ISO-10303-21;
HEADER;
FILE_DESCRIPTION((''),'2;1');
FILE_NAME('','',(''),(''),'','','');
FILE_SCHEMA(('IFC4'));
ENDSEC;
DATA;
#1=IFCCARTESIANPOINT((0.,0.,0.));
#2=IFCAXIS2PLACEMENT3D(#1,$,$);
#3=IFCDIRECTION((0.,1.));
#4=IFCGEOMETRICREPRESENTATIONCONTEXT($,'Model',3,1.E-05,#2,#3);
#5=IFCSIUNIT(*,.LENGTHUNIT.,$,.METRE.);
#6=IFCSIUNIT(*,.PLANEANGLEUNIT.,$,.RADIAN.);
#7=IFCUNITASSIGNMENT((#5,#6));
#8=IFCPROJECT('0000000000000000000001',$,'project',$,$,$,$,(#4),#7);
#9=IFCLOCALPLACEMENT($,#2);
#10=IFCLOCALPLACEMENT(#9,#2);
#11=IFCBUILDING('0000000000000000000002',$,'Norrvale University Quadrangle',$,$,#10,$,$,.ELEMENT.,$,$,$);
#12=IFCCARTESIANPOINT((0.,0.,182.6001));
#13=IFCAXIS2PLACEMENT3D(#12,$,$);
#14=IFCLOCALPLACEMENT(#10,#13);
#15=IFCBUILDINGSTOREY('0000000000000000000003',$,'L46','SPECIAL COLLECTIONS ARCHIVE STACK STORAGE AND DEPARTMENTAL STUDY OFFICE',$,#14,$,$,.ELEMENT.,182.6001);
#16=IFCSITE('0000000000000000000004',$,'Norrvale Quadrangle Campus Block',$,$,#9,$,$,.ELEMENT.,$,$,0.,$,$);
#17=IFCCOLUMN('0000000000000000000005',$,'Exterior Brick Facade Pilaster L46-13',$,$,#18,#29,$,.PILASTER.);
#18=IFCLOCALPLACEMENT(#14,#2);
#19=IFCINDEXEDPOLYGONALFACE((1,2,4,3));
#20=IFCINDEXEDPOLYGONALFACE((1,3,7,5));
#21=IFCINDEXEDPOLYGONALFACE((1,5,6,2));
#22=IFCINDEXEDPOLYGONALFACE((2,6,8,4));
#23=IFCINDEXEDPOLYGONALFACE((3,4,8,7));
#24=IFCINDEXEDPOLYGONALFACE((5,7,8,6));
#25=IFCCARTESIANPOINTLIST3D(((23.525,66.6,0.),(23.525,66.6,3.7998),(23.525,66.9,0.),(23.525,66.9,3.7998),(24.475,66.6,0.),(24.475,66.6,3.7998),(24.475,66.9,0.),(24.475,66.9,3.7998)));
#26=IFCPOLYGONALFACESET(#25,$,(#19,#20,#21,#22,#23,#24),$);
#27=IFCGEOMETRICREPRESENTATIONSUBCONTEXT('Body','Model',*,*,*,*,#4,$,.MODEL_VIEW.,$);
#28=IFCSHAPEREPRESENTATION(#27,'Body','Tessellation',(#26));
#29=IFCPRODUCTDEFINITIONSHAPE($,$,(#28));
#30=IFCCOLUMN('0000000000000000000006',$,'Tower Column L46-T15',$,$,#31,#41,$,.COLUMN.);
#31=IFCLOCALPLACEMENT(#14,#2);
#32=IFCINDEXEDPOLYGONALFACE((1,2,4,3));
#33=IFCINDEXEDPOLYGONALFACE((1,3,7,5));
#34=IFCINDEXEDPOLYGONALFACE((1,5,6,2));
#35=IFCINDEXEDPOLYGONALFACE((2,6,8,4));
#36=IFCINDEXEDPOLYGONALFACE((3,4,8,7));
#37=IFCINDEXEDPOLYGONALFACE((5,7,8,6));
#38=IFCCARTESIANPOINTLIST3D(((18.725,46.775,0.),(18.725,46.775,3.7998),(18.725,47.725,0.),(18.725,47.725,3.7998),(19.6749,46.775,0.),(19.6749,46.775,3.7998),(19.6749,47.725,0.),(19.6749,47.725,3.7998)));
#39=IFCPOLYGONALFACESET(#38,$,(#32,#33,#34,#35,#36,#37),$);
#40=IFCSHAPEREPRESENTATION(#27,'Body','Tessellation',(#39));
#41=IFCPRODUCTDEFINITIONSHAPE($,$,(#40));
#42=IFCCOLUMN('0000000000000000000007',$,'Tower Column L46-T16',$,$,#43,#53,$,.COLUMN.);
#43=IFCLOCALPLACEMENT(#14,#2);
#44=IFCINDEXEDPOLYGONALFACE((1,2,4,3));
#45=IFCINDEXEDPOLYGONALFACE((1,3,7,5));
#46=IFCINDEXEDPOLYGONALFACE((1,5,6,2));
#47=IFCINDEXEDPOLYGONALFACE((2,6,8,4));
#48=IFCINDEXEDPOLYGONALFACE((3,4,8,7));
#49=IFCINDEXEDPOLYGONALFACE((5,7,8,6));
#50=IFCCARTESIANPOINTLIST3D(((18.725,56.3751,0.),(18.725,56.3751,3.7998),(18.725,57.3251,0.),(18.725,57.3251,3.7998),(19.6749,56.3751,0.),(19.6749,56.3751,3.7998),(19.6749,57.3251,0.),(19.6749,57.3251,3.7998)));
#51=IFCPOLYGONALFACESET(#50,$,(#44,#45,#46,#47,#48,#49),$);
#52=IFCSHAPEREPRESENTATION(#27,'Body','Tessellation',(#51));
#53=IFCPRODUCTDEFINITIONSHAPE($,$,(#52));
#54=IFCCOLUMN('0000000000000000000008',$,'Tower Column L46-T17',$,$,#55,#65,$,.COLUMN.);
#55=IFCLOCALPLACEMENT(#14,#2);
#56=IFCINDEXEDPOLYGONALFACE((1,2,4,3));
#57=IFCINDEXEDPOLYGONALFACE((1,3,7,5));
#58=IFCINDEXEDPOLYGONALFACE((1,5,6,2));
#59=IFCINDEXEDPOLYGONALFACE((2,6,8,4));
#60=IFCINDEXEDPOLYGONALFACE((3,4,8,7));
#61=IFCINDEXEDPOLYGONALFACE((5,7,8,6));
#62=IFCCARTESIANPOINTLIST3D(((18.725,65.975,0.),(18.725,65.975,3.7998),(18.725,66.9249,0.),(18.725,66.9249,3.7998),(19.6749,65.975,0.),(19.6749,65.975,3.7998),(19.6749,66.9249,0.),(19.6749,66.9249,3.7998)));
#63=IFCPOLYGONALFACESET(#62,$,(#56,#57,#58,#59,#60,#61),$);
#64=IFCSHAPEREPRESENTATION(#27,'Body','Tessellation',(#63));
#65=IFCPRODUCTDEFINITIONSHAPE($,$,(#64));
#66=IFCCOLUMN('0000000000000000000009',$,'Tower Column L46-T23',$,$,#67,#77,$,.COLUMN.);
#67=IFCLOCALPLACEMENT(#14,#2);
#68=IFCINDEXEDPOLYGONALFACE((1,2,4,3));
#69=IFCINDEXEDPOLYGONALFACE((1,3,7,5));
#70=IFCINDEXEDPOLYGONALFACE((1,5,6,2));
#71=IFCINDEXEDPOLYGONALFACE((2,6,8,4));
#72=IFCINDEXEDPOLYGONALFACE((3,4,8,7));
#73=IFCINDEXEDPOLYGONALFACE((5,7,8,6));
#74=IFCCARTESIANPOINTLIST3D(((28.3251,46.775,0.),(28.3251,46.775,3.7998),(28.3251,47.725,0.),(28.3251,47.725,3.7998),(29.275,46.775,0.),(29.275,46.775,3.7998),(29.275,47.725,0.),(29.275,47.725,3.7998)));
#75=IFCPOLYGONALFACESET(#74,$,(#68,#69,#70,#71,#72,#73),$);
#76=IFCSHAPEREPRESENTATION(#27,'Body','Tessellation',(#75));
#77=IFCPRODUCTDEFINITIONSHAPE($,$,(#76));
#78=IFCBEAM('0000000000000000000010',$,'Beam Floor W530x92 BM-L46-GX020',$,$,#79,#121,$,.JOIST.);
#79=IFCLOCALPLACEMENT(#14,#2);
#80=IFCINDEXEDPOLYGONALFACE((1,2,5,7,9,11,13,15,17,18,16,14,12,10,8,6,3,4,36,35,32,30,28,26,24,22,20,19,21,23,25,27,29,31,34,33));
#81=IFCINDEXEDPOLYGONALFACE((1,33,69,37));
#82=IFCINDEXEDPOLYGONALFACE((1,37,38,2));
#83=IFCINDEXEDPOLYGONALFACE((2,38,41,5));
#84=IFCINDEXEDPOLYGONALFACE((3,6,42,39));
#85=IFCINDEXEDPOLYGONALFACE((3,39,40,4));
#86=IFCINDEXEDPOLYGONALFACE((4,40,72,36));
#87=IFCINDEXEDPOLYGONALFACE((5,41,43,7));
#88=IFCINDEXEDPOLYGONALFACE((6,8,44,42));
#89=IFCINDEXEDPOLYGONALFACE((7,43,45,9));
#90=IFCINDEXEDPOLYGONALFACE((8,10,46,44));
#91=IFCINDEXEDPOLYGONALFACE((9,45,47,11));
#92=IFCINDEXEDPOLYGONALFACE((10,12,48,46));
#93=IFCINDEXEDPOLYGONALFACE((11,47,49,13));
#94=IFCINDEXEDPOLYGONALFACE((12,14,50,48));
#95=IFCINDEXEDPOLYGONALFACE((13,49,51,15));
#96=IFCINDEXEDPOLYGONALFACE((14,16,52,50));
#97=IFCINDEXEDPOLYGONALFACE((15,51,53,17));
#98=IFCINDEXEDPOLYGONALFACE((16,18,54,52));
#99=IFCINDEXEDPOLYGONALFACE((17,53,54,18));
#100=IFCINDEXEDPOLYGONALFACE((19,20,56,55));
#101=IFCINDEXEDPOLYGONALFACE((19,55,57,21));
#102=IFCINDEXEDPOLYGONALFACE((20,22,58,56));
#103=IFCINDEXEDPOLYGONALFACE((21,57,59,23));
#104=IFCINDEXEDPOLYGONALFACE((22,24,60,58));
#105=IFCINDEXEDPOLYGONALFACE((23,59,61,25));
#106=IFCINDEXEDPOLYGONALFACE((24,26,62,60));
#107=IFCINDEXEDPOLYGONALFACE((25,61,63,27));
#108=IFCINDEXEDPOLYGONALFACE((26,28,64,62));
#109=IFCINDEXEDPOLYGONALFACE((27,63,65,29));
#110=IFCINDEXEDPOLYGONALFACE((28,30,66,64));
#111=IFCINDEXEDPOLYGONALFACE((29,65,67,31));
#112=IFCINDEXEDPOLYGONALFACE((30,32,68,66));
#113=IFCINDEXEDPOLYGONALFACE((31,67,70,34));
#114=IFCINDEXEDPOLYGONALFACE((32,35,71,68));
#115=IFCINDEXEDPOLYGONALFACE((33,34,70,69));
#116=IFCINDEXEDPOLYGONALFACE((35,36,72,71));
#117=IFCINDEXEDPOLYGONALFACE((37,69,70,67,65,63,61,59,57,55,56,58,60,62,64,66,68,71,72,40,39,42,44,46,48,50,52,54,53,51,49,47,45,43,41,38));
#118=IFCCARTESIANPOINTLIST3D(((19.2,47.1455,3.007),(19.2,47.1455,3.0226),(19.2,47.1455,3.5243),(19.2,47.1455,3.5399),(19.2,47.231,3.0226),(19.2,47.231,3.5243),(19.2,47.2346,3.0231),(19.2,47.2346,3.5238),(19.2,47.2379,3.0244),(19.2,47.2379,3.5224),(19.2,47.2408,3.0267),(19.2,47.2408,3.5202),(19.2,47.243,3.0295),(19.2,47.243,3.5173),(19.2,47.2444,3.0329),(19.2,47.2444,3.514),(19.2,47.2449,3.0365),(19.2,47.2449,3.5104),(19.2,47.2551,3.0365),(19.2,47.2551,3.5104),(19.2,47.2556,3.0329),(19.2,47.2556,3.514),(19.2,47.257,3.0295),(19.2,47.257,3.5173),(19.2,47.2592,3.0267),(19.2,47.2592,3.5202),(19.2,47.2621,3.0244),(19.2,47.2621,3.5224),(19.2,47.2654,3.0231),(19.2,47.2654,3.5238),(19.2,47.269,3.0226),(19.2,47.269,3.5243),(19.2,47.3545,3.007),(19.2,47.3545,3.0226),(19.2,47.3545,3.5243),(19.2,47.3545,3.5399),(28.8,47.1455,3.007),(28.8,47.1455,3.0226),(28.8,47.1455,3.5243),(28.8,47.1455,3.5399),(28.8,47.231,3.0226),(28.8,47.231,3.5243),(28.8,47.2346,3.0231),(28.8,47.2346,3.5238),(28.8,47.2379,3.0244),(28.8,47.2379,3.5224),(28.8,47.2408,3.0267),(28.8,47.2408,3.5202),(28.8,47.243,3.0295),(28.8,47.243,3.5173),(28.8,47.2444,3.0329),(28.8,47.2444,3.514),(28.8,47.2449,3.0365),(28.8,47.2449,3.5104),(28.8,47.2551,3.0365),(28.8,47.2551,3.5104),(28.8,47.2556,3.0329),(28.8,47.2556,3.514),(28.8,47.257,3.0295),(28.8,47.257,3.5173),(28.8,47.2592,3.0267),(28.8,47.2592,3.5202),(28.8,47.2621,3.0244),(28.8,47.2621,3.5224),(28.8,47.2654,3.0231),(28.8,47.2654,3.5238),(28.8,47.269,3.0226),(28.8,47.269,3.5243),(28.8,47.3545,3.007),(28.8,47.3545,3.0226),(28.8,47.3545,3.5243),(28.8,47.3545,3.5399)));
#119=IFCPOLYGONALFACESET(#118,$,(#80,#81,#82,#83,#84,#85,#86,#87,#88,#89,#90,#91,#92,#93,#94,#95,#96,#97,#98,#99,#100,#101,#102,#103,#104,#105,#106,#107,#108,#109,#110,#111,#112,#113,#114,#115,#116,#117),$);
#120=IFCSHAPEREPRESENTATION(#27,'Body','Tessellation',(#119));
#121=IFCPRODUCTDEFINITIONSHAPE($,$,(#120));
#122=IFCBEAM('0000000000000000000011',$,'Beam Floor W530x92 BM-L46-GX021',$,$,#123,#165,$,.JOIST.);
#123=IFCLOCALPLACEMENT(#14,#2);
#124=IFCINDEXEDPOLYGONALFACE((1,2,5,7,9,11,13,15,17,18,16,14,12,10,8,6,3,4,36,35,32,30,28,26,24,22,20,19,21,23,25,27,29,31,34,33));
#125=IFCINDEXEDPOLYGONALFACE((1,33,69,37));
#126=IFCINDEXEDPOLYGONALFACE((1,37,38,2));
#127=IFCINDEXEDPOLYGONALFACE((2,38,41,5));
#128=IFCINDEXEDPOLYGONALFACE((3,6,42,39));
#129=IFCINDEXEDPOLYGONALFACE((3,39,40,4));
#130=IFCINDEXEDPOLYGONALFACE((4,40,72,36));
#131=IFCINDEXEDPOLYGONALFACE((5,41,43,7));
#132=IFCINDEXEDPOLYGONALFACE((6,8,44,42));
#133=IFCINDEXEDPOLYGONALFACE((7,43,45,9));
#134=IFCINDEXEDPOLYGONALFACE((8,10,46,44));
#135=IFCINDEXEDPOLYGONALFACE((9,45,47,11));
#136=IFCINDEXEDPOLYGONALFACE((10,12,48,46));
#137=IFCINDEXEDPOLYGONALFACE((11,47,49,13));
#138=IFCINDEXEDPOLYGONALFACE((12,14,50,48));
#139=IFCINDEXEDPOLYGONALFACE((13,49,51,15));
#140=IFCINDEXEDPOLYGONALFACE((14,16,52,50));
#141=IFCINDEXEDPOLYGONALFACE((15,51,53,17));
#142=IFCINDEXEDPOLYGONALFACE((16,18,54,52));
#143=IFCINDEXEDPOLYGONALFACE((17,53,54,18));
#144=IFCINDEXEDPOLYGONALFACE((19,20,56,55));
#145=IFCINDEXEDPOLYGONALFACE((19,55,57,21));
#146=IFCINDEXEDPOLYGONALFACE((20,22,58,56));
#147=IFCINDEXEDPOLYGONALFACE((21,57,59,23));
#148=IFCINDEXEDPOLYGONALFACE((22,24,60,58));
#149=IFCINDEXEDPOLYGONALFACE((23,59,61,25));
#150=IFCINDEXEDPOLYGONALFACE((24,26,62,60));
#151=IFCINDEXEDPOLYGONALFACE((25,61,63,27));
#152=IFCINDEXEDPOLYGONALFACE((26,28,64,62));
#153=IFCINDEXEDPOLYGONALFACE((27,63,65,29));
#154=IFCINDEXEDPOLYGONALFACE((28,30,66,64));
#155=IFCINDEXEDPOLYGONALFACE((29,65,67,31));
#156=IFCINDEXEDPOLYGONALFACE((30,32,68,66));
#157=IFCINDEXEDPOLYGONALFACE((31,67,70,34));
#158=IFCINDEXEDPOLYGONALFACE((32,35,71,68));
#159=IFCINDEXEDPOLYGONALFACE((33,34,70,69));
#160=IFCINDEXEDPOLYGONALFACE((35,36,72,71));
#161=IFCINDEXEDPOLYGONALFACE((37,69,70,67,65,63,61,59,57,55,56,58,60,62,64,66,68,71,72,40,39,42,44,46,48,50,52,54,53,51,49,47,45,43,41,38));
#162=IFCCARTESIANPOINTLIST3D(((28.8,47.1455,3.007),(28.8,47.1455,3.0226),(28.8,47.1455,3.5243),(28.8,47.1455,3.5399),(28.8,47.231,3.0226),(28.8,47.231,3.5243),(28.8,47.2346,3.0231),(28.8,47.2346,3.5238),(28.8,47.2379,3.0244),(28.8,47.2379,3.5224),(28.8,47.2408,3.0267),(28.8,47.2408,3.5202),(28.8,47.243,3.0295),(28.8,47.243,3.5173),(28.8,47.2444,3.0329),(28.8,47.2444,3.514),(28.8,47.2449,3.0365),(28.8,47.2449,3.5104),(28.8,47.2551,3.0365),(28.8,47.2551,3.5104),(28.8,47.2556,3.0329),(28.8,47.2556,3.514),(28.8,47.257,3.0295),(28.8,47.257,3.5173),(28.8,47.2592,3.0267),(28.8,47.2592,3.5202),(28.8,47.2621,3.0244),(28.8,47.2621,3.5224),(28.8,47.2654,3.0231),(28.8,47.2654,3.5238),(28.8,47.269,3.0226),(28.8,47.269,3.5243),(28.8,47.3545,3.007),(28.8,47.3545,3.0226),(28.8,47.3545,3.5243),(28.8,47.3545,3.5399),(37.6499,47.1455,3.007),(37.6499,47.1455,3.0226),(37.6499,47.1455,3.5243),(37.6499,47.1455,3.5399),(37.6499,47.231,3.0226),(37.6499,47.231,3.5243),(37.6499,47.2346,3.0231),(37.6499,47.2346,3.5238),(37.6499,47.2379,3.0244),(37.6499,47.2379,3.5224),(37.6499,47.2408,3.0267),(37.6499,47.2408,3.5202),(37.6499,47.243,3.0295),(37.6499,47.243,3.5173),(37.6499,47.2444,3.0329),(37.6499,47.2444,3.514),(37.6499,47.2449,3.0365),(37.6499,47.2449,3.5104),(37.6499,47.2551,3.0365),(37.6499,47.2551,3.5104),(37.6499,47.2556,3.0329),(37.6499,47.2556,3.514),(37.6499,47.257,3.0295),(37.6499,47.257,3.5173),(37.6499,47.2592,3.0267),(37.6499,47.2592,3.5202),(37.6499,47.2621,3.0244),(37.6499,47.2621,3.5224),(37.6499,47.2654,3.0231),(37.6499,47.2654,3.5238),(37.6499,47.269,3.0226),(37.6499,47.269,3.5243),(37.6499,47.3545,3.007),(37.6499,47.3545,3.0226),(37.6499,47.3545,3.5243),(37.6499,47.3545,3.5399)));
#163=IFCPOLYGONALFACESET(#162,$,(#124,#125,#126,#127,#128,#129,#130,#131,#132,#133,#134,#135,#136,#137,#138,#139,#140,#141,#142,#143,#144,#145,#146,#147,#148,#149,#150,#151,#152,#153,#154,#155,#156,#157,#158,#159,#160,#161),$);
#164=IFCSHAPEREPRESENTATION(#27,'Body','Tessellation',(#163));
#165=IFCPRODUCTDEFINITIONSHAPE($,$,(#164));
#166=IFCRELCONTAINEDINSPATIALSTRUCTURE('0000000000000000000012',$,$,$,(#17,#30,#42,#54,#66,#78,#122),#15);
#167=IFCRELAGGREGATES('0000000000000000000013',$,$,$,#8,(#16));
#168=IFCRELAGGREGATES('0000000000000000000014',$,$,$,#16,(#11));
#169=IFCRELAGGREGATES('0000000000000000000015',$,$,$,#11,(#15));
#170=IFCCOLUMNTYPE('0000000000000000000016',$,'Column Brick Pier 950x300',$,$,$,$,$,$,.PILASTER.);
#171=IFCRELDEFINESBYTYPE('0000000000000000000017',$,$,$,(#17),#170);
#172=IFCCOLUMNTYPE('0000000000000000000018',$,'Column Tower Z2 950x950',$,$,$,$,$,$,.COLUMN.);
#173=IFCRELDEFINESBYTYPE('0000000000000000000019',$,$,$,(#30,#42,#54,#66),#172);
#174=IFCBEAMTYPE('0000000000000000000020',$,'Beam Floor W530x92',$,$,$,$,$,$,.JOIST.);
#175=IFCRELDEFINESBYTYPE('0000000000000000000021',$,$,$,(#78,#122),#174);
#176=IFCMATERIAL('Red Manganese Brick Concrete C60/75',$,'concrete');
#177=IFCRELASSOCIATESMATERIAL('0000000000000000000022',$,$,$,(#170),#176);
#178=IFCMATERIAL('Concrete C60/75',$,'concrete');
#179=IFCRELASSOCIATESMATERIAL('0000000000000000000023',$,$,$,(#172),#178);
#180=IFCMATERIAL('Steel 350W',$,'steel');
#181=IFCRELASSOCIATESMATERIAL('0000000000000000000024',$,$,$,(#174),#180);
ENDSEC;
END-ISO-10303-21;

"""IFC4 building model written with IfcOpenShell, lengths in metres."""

from ifc_helpers import new_model, si_unit, direction, frame, origin, origin_2d, place, context, subcontext, project, spatial, rectangle, i_section, extrude, material, material_profile, profile_set, type_object, element, save


model = new_model("IFC4")

# Units and contexts
model_context = context("Model", 3, precision=1e-05, world=origin(), true_north=direction((0.0, 1.0)))
body_context = subcontext(model_context, "Body", "Model", "MODEL_VIEW")
ifc_project = project(units=[si_unit("LENGTHUNIT", "METRE"), si_unit("PLANEANGLEUNIT", "RADIAN")], contexts=[model_context])

# Site, building, storey
site_placement = place(None, origin())
site = spatial("IfcSite", under=ifc_project, at=site_placement, Name="Norrvale Quadrangle Campus Block", CompositionType="ELEMENT", RefElevation=0.0)
building_placement = place(site_placement, origin())
building = spatial("IfcBuilding", under=site, at=building_placement, Name="Norrvale University Quadrangle", CompositionType="ELEMENT")
storey_placement = place(building_placement, frame((0.0, 0.0, 182.6001)))
storey = spatial("IfcBuildingStorey", under=building, at=storey_placement, Name="L46", Description="SPECIAL COLLECTIONS ARCHIVE STACK STORAGE AND DEPARTMENTAL STUDY OFFICE", CompositionType="ELEMENT", Elevation=182.6001)

# Columns
ifc_material_1 = material(Name="Red Manganese Brick Concrete C60/75", Category="concrete")
ifc_material_profile_1 = material_profile(ifc_material_1, rectangle(XDim=0.95, YDim=0.3, at=origin_2d()), Name="Red Manganese Brick Concrete C60/75")
ifc_profile_set_1 = profile_set([ifc_material_profile_1], Name="Red Manganese Brick Concrete C60/75")
column_type_1 = type_object("IfcColumnType", Name="Column Brick Pier 950x300", PredefinedType="PILASTER", material=ifc_profile_set_1)
column_placement = place(storey_placement, frame((24.0, 66.75, 0.0), z_axis=(0.0, 0.0, 1.0), x_axis=(1.0, 0.0, 0.0)))
element("IfcColumn", 1, at=column_placement, inside=storey, type_object=column_type_1, Name="Exterior Brick Facade Pilaster L46-13", PredefinedType="PILASTER", context=body_context, shape_type="SweptSolid", body=[
    extrude(rectangle(XDim=0.95, YDim=0.3, at=origin_2d()), origin(), (0.0, 0.0, 1.0), 3.7998),
])
ifc_material_2 = material(Name="Concrete C60/75", Category="concrete")
ifc_material_profile_2 = material_profile(ifc_material_2, rectangle(XDim=0.95, YDim=0.95, at=origin_2d()), Name="Concrete C60/75")
ifc_profile_set_2 = profile_set([ifc_material_profile_2], Name="Concrete C60/75")
column_type_2 = type_object("IfcColumnType", Name="Column Tower Z2 950x950", PredefinedType="COLUMN", material=ifc_profile_set_2)
for number, where, z_axis, x_axis, name in (
    (2, (19.2, 47.25, 0.0), (0.0, 0.0, 1.0), (1.0, 0.0, 0.0), "Tower Column L46-T15"),
    (3, (19.2, 56.8501, 0.0), (0.0, 0.0, 1.0), (1.0, 0.0, 0.0), "Tower Column L46-T16"),
    (4, (19.2, 66.45, 0.0), (0.0, 0.0, 1.0), (1.0, 0.0, 0.0), "Tower Column L46-T17"),
    (5, (28.8, 47.25, 0.0), (0.0, 0.0, 1.0), (1.0, 0.0, 0.0), "Tower Column L46-T23"),
):
    element("IfcColumn", number, at=place(storey_placement, frame(where, z_axis=z_axis, x_axis=x_axis)), inside=storey, type_object=column_type_2, Name=name, PredefinedType="COLUMN", context=body_context, shape_type="SweptSolid", body=[
        extrude(rectangle(XDim=0.95, YDim=0.95, at=origin_2d()), origin(), (0.0, 0.0, 1.0), 3.7998),
    ])

# Beams
ifc_material_3 = material(Name="Steel 350W", Category="steel")
ifc_material_profile_3 = material_profile(ifc_material_3, i_section(OverallWidth=0.209, OverallDepth=0.533, WebThickness=0.0103, FlangeThickness=0.0156, FilletRadius=0.0139, at=origin_2d()), Name="Steel 350W")
ifc_profile_set_3 = profile_set([ifc_material_profile_3], Name="Steel 350W")
beam_type_1 = type_object("IfcBeamType", Name="Beam Floor W530x92", PredefinedType="JOIST", material=ifc_profile_set_3)
beam_1_placement = place(storey_placement, frame((19.2, 47.25, 3.2734), z_axis=(1.0, 0.0, 0.0), x_axis=(0.0, 1.0, 0.0)))
element("IfcBeam", 6, at=beam_1_placement, inside=storey, type_object=beam_type_1, Name="Beam Floor W530x92 BM-L46-GX020", PredefinedType="JOIST", context=body_context, shape_type="SweptSolid", body=[
    extrude(i_section(OverallWidth=0.209, OverallDepth=0.533, WebThickness=0.0103, FlangeThickness=0.0156, FilletRadius=0.0139, at=origin_2d()), origin(), (0.0, 0.0, 1.0), 9.6001),
])
beam_2_placement = place(storey_placement, frame((28.8, 47.25, 3.2734), z_axis=(1.0, 0.0, 0.0), x_axis=(0.0, 1.0, 0.0)))
element("IfcBeam", 7, at=beam_2_placement, inside=storey, type_object=beam_type_1, Name="Beam Floor W530x92 BM-L46-GX021", PredefinedType="JOIST", context=body_context, shape_type="SweptSolid", body=[
    extrude(i_section(OverallWidth=0.209, OverallDepth=0.533, WebThickness=0.0103, FlangeThickness=0.0156, FilletRadius=0.0139, at=origin_2d()), origin(), (0.0, 0.0, 1.0), 8.8499),
])

save(model, "model.ifc")
